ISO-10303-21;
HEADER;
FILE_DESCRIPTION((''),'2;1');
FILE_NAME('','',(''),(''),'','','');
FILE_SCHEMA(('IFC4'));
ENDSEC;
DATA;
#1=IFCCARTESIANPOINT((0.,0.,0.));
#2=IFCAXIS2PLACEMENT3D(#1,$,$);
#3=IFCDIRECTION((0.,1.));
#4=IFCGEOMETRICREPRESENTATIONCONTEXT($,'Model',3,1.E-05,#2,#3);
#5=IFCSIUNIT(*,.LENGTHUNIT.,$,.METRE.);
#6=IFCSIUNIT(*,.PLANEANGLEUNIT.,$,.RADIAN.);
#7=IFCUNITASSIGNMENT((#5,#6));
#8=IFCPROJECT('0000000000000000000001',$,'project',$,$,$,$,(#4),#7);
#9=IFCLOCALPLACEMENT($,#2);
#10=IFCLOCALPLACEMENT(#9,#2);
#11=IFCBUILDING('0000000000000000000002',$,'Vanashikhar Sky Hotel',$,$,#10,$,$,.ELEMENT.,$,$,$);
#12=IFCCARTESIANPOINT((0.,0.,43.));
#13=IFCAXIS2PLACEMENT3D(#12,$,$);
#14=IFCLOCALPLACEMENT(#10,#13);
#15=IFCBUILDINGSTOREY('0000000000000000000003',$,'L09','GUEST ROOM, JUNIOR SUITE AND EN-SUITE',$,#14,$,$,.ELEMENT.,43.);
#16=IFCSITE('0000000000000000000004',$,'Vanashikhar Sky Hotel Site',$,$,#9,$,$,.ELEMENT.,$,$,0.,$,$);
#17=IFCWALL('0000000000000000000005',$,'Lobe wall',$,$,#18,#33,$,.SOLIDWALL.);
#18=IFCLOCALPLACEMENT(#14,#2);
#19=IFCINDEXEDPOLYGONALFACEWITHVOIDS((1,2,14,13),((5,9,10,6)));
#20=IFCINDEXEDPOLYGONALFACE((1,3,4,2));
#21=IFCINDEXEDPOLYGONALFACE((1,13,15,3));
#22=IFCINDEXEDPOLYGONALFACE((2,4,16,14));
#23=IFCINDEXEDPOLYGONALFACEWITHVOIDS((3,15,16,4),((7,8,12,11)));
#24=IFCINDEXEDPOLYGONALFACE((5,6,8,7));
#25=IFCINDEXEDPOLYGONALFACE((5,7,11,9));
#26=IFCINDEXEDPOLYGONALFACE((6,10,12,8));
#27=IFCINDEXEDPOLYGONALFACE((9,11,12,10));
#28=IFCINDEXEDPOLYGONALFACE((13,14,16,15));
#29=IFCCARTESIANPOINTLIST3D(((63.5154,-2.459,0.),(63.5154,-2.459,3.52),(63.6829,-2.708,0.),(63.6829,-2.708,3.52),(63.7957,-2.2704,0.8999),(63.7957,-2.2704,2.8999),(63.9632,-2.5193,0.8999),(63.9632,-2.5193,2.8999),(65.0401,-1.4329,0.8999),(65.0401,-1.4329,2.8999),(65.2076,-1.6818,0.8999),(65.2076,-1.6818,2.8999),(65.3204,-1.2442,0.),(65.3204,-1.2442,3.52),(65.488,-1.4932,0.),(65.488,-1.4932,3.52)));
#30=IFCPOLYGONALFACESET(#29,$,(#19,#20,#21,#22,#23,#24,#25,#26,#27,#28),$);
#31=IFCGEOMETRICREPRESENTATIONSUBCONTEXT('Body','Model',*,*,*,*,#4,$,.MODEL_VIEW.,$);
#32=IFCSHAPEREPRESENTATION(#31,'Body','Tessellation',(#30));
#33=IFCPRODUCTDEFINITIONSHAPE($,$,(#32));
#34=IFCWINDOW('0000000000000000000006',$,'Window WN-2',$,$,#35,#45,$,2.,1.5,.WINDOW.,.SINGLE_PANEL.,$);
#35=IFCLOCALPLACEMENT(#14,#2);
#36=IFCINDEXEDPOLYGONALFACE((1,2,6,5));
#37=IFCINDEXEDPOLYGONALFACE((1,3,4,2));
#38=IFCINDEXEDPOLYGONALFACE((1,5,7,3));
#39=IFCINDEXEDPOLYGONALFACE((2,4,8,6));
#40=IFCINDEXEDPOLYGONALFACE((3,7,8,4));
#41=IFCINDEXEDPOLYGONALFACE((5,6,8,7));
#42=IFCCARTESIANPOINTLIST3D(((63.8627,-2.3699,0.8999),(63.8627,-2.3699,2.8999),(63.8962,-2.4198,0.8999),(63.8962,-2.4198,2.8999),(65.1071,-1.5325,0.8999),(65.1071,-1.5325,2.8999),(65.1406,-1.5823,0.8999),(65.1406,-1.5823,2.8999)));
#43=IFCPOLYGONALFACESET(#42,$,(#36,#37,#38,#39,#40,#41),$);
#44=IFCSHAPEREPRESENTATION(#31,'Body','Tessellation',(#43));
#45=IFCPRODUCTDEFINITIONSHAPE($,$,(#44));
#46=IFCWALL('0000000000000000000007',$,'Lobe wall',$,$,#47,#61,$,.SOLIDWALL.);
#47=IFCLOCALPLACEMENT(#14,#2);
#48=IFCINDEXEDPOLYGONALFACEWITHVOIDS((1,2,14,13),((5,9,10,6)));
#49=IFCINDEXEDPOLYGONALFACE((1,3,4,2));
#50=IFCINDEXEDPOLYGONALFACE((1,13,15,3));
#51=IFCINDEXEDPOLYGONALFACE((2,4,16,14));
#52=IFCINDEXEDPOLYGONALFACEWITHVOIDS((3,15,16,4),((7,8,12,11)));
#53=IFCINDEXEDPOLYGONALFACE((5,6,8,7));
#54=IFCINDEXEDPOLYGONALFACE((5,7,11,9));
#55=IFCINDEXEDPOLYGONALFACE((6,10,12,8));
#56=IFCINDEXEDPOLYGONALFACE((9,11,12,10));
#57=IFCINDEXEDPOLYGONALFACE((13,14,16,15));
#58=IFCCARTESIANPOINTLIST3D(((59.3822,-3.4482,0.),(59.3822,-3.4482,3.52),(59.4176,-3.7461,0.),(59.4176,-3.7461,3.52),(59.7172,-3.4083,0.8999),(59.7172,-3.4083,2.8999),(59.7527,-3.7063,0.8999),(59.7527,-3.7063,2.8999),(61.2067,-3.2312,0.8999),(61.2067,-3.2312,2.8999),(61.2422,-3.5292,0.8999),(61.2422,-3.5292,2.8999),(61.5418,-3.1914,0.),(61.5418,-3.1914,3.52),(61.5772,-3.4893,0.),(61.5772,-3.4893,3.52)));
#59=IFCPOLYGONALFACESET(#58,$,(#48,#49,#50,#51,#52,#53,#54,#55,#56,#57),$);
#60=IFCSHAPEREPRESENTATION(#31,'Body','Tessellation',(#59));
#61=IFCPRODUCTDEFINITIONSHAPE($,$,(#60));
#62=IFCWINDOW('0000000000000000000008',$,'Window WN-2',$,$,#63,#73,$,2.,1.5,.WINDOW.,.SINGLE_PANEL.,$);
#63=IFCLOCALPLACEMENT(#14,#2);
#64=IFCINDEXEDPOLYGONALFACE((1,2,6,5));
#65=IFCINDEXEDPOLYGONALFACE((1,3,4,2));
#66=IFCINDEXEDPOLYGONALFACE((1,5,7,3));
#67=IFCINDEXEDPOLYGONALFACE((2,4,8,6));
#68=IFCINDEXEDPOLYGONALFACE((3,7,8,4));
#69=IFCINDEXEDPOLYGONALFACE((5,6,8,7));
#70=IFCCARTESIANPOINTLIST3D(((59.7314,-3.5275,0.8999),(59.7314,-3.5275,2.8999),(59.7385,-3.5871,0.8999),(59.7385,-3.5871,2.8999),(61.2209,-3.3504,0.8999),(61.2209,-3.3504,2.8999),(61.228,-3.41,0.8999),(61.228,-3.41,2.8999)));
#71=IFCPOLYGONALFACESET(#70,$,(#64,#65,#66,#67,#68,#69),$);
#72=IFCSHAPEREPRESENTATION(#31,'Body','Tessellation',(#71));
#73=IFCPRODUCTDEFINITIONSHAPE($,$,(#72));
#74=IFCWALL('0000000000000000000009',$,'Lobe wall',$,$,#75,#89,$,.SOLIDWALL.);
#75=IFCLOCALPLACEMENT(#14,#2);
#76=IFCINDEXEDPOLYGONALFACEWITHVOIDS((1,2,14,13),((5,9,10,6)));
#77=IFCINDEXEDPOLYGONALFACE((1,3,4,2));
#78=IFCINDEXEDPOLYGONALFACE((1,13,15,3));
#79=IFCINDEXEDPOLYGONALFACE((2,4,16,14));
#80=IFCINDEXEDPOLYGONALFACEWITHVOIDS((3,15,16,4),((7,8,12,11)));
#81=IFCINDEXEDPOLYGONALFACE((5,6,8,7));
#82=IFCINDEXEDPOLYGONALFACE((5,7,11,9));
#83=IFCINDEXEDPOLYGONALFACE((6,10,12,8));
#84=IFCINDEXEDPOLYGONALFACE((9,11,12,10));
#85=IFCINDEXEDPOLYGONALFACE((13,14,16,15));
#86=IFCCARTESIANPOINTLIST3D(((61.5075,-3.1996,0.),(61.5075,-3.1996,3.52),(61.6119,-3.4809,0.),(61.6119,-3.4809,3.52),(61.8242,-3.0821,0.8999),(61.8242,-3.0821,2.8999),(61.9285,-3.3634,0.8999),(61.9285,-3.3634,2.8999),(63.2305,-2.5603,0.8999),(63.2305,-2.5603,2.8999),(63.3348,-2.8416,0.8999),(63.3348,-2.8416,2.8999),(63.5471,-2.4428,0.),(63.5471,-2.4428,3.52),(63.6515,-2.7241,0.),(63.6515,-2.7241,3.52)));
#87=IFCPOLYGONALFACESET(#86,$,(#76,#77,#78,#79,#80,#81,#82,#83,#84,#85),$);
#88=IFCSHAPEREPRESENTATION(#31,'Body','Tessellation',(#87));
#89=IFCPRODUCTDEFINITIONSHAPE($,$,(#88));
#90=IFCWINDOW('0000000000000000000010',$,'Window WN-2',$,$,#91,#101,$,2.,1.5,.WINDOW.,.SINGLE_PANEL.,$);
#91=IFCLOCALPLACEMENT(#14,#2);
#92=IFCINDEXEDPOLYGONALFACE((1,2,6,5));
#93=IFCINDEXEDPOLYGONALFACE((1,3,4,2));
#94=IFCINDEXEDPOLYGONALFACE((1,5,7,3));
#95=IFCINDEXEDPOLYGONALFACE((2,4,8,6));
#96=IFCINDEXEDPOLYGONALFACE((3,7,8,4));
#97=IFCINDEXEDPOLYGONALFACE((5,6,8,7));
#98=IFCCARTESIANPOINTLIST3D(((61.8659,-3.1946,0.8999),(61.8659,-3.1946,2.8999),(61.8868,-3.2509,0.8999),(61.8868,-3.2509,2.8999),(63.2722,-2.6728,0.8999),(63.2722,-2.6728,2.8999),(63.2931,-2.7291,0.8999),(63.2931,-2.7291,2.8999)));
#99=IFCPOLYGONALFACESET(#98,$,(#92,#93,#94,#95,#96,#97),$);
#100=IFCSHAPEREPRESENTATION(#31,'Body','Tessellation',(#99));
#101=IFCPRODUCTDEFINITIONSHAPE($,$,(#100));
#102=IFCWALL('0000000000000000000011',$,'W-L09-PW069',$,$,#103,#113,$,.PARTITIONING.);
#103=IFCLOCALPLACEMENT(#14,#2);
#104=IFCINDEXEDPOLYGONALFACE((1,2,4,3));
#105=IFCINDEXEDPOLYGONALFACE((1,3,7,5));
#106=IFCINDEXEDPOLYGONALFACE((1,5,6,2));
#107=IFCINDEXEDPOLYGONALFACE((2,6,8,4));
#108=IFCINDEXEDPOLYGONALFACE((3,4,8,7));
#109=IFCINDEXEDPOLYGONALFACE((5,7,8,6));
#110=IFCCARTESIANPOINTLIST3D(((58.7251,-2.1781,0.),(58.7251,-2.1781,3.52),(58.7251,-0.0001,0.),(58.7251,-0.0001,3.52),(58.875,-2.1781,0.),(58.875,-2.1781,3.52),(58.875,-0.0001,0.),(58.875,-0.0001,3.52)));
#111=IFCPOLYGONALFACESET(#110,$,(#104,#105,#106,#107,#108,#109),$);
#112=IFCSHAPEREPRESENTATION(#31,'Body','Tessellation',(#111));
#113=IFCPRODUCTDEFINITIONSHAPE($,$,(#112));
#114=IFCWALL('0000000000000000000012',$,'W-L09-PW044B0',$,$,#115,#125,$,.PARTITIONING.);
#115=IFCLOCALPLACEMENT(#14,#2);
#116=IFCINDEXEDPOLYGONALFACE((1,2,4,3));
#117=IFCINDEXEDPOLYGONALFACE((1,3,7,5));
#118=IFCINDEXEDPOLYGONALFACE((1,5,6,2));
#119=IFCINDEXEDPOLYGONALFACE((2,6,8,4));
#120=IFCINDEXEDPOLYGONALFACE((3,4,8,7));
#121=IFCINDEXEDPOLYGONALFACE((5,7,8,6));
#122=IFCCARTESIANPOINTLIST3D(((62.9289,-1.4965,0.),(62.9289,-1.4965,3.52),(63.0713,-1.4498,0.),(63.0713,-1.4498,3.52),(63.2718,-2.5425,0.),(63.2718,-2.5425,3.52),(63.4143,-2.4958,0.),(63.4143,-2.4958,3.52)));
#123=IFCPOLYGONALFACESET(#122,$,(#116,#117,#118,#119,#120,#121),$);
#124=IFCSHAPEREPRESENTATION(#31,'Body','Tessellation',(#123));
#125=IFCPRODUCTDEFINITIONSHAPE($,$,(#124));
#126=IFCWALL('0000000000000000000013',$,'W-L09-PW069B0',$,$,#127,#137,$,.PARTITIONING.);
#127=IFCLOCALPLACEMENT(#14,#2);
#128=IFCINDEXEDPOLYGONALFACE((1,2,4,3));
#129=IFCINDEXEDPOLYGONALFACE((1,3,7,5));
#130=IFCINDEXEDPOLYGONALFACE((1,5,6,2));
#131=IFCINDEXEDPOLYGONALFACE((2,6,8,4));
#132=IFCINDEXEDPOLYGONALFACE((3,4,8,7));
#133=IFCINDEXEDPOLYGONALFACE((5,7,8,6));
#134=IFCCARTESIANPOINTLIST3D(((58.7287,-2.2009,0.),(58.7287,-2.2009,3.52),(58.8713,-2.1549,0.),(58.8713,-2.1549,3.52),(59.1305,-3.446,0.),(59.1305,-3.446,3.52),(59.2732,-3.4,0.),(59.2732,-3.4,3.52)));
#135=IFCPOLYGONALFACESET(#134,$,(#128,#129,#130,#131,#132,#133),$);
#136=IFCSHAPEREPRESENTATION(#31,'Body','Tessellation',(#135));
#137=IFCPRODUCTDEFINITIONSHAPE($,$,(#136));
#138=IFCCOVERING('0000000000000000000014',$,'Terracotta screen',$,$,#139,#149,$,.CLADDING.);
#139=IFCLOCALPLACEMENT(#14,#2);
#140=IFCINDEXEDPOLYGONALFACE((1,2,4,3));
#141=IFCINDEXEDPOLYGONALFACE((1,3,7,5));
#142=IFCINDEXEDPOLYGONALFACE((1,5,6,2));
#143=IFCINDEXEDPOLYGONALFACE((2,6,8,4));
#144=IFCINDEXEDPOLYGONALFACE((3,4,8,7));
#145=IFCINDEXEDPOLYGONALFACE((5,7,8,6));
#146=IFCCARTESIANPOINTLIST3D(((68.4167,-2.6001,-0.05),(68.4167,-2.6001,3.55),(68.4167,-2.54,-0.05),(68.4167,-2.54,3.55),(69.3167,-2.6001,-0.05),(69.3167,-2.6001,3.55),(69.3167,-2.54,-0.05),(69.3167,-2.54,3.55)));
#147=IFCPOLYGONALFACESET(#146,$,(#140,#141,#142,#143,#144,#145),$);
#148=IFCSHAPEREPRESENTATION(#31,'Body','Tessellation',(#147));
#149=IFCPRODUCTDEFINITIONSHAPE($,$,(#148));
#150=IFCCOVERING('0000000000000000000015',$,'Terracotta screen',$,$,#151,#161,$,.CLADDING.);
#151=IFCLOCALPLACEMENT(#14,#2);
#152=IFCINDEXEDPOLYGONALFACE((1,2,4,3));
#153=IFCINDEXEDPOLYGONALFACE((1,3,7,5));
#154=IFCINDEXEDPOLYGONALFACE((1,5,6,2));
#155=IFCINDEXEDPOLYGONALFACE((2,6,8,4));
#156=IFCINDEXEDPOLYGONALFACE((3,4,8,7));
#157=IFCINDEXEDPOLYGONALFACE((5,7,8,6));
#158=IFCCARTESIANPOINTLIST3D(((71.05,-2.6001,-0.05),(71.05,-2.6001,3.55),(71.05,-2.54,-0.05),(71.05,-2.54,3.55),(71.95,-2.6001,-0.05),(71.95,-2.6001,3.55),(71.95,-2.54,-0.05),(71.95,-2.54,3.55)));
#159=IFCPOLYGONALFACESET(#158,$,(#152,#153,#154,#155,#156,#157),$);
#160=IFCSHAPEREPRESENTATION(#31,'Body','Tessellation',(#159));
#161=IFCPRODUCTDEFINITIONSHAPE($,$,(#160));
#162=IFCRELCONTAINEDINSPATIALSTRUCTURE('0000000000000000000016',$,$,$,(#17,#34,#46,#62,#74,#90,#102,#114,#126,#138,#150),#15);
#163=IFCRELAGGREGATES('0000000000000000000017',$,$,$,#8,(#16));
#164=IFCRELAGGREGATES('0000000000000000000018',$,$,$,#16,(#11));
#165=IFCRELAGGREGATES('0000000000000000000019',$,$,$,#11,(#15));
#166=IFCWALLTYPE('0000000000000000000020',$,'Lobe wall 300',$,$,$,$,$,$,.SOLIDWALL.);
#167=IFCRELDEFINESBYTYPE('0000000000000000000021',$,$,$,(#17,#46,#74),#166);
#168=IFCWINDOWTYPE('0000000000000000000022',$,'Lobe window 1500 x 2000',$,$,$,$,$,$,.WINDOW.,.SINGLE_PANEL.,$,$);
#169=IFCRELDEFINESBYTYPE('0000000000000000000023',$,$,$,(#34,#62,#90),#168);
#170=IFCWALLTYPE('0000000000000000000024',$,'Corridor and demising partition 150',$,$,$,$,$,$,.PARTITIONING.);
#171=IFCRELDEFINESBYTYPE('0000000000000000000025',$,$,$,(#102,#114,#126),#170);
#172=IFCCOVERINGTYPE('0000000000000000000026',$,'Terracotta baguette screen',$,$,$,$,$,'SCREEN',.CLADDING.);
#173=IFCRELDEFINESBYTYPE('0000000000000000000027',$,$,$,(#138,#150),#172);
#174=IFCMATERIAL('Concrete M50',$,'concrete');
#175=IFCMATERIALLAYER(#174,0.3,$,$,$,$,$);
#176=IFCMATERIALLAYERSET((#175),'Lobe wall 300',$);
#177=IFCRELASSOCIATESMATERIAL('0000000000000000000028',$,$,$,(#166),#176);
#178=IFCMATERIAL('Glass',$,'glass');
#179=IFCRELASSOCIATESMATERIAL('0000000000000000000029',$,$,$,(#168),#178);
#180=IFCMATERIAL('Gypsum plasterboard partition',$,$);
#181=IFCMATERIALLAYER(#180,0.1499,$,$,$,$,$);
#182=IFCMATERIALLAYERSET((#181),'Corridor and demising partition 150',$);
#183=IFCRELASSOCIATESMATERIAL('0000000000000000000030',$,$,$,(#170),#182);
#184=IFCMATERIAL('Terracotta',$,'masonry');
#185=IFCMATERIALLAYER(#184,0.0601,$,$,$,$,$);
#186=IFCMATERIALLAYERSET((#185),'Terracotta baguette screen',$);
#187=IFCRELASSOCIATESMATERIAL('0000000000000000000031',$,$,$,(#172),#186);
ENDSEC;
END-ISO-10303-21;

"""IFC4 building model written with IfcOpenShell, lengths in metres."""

from ifc_helpers import new_model, si_unit, direction, frame, frame_2d, origin, origin_2d, place, context, subcontext, project, spatial, rectangle, extrude, source, transform, mapped, material, layer, layer_set, type_object, element, fill, save


model = new_model("IFC4")

# Units and contexts
model_context = context("Model", 3, precision=1e-05, world=origin(), true_north=direction((0.0, 1.0)))
body_context = subcontext(model_context, "Body", "Model", "MODEL_VIEW")
ifc_project = project(units=[si_unit("LENGTHUNIT", "METRE"), si_unit("PLANEANGLEUNIT", "RADIAN")], contexts=[model_context])

# Site, building, storey
site_placement = place(None, origin())
site = spatial("IfcSite", under=ifc_project, at=site_placement, Name="Vanashikhar Sky Hotel Site", CompositionType="ELEMENT", RefElevation=0.0)
building_placement = place(site_placement, origin())
building = spatial("IfcBuilding", under=site, at=building_placement, Name="Vanashikhar Sky Hotel", CompositionType="ELEMENT")
storey_placement = place(building_placement, frame((0.0, 0.0, 43.0)))
storey = spatial("IfcBuildingStorey", under=building, at=storey_placement, Name="L09", Description="GUEST ROOM, JUNIOR SUITE AND EN-SUITE", CompositionType="ELEMENT", Elevation=43.0)

# Walls, openings, windows
ifc_material_1 = material(Name="Concrete M50", Category="concrete")
ifc_layer_1 = layer(ifc_material_1, 0.3)
ifc_layer_set_1 = layer_set([ifc_layer_1], Name="Lobe wall 300")
wall_type_1 = type_object("IfcWallType", Name="Lobe wall 300", PredefinedType="SOLIDWALL", material=ifc_layer_set_1)
shared_shape_1 = source(origin(), body_context, "Body", "SweptSolid", [
    extrude(rectangle(XDim=2.1758, YDim=0.3, at=frame_2d((1.0879, 0.0))), origin(), (0.0, 0.0, 1.0), 3.52),
])
wall_1_placement = place(storey_placement, frame((63.5991, -2.5835, 0.0), z_axis=(0.0, 0.0, 1.0), x_axis=(0.829626, 0.55832, 0.0)))
wall_1 = element("IfcWall", 1, at=wall_1_placement, inside=storey, type_object=wall_type_1, Name="Lobe wall", PredefinedType="SOLIDWALL", context=body_context, shape_type="MappedRepresentation", body=[
    mapped(shared_shape_1, transform((0.0, 0.0, 0.0), scale=1.0)),
])
shared_shape_2 = source(origin(), body_context, "Body", "SweptSolid", [
    extrude(rectangle(XDim=1.5, YDim=2.0, at=frame_2d((0.75, 1.0))), frame((0.0, 0.1602, 0.0), z_axis=(0.0, -1.0, 0.0), x_axis=(1.0, 0.0, 0.0)), (0.0, 0.0, 1.0), 0.3201),
])
opening_1_placement = place(wall_1_placement, frame((0.3379, 0.0, 0.8999)))
opening_1 = element("IfcOpeningElement", 2, at=opening_1_placement, cuts=wall_1, PredefinedType="OPENING", context=body_context, shape_type="MappedRepresentation", body=[
    mapped(shared_shape_2, transform((0.0, 0.0, 0.0), scale=1.0)),
])
ifc_material_2 = material(Name="Glass", Category="glass")
window_type = type_object("IfcWindowType", Name="Lobe window 1500 x 2000", PartitioningType="SINGLE_PANEL", PredefinedType="WINDOW", material=ifc_material_2)
shared_shape_3 = source(origin(), body_context, "Body", "SweptSolid", [
    extrude(rectangle(XDim=1.5, YDim=2.0, at=frame_2d((0.75, 1.0))), frame((0.0, 0.03, 0.0), z_axis=(0.0, -1.0, 0.0), x_axis=(1.0, 0.0, 0.0)), (0.0, 0.0, 1.0), 0.0601),
])
window_1_placement = place(opening_1_placement, origin())
window_1 = element("IfcWindow", 3, at=window_1_placement, inside=storey, type_object=window_type, Name="Window WN-2", OverallHeight=2.0, OverallWidth=1.5, PartitioningType="SINGLE_PANEL", PredefinedType="WINDOW", context=body_context, shape_type="MappedRepresentation", body=[
    mapped(shared_shape_3, transform((0.0, 0.0, 0.0), scale=1.0)),
])
fill(opening_1, window_1)
shared_shape_4 = source(origin(), body_context, "Body", "SweptSolid", [
    extrude(rectangle(XDim=2.1748, YDim=0.3, at=frame_2d((1.0874, 0.0))), origin(), (0.0, 0.0, 1.0), 3.52),
])
wall_2_placement = place(storey_placement, frame((59.3999, -3.5972, 0.0), z_axis=(0.0, 0.0, 1.0), x_axis=(0.993003, 0.118092, 0.0)))
wall_2 = element("IfcWall", 4, at=wall_2_placement, inside=storey, type_object=wall_type_1, Name="Lobe wall", PredefinedType="SOLIDWALL", context=body_context, shape_type="MappedRepresentation", body=[
    mapped(shared_shape_4, transform((0.0, 0.0, 0.0), scale=1.0)),
])
opening_2_placement = place(wall_2_placement, frame((0.3374, 0.0, 0.8999)))
opening_2 = element("IfcOpeningElement", 5, at=opening_2_placement, cuts=wall_2, PredefinedType="OPENING", context=body_context, shape_type="MappedRepresentation", body=[
    mapped(shared_shape_2, transform((0.0, 0.0, 0.0), scale=1.0)),
])
window_2_placement = place(opening_2_placement, origin())
window_2 = element("IfcWindow", 6, at=window_2_placement, inside=storey, type_object=window_type, Name="Window WN-2", OverallHeight=2.0, OverallWidth=1.5, PartitioningType="SINGLE_PANEL", PredefinedType="WINDOW", context=body_context, shape_type="MappedRepresentation", body=[
    mapped(shared_shape_3, transform((0.0, 0.0, 0.0), scale=1.0)),
])
fill(opening_2, window_2)
shared_shape_5 = source(origin(), body_context, "Body", "SweptSolid", [
    extrude(rectangle(XDim=2.1755, YDim=0.3, at=frame_2d((1.0879, 0.0))), origin(), (0.0, 0.0, 1.0), 3.52),
])
wall_3_placement = place(storey_placement, frame((61.5596, -3.3403, 0.0), z_axis=(0.0, 0.0, 1.0), x_axis=(0.937532, 0.347899, 0.0)))
wall_3 = element("IfcWall", 7, at=wall_3_placement, inside=storey, type_object=wall_type_1, Name="Lobe wall", PredefinedType="SOLIDWALL", context=body_context, shape_type="MappedRepresentation", body=[
    mapped(shared_shape_5, transform((0.0, 0.0, 0.0), scale=1.0)),
])
opening_3_placement = place(wall_3_placement, frame((0.3379, 0.0, 0.8999)))
opening_3 = element("IfcOpeningElement", 8, at=opening_3_placement, cuts=wall_3, PredefinedType="OPENING", context=body_context, shape_type="MappedRepresentation", body=[
    mapped(shared_shape_2, transform((0.0, 0.0, 0.0), scale=1.0)),
])
window_3_placement = place(opening_3_placement, origin())
window_3 = element("IfcWindow", 9, at=window_3_placement, inside=storey, type_object=window_type, Name="Window WN-2", OverallHeight=2.0, OverallWidth=1.5, PartitioningType="SINGLE_PANEL", PredefinedType="WINDOW", context=body_context, shape_type="MappedRepresentation", body=[
    mapped(shared_shape_3, transform((0.0, 0.0, 0.0), scale=1.0)),
])
fill(opening_3, window_3)

# Walls
ifc_material_3 = material(Name="Gypsum plasterboard partition")
ifc_layer_2 = layer(ifc_material_3, 0.1499)
ifc_layer_set_2 = layer_set([ifc_layer_2], Name="Corridor and demising partition 150")
wall_type_2 = type_object("IfcWallType", Name="Corridor and demising partition 150", PredefinedType="PARTITIONING", material=ifc_layer_set_2)
shared_shape_6 = source(origin(), body_context, "Body", "SweptSolid", [
    extrude(rectangle(XDim=2.178, YDim=0.1499, at=frame_2d((1.0889, 0.0))), origin(), (0.0, 0.0, 1.0), 3.52),
])
wall_4_placement = place(storey_placement, frame((58.8, -2.178, 0.0), z_axis=(0.0, 0.0, 1.0), x_axis=(0.0, 1.0, 0.0)))
element("IfcWall", 10, at=wall_4_placement, inside=storey, type_object=wall_type_2, Name="W-L09-PW069", PredefinedType="PARTITIONING", context=body_context, shape_type="MappedRepresentation", body=[
    mapped(shared_shape_6, transform((0.0, 0.0, 0.0), scale=1.0)),
])
shared_shape_7 = source(origin(), body_context, "Body", "SweptSolid", [
    extrude(rectangle(XDim=1.1008, YDim=0.1499, at=frame_2d((0.5503, 0.0))), origin(), (0.0, 0.0, 1.0), 3.52),
])
wall_5_placement = place(storey_placement, frame((63.343, -2.519, 0.0), z_axis=(0.0, 0.0, 1.0), x_axis=(-0.311567, 0.950224, 0.0)))
element("IfcWall", 11, at=wall_5_placement, inside=storey, type_object=wall_type_2, Name="W-L09-PW044B0", PredefinedType="PARTITIONING", context=body_context, shape_type="MappedRepresentation", body=[
    mapped(shared_shape_7, transform((0.0, 0.0, 0.0), scale=1.0)),
])
shared_shape_8 = source(origin(), body_context, "Body", "SweptSolid", [
    extrude(rectangle(XDim=1.3083, YDim=0.1499, at=frame_2d((0.6543, 0.0))), origin(), (0.0, 0.0, 1.0), 3.52),
])
wall_6_placement = place(storey_placement, frame((59.2019, -3.4231, 0.0), z_axis=(0.0, 0.0, 1.0), x_axis=(-0.307145, 0.951663, 0.0)))
element("IfcWall", 12, at=wall_6_placement, inside=storey, type_object=wall_type_2, Name="W-L09-PW069B0", PredefinedType="PARTITIONING", context=body_context, shape_type="MappedRepresentation", body=[
    mapped(shared_shape_8, transform((0.0, 0.0, 0.0), scale=1.0)),
])

# Coverings
ifc_material_4 = material(Name="Terracotta", Category="masonry")
ifc_layer_3 = layer(ifc_material_4, 0.0601)
ifc_layer_set_3 = layer_set([ifc_layer_3], Name="Terracotta baguette screen")
covering_type_1 = type_object("IfcCoveringType", Name="Terracotta baguette screen", ElementType="SCREEN", PredefinedType="CLADDING", material=ifc_layer_set_3)
shared_shape_9 = source(origin(), body_context, "Body", "SweptSolid", [
    extrude(rectangle(XDim=0.8999, YDim=0.0601, at=origin_2d()), origin(), (0.0, 0.0, 1.0), 3.6001),
])
for number, where, z_axis, x_axis, name in (
    (13, (68.8667, -2.5701, -0.05), (0.0, 0.0, 1.0), (1.0, 0.0, 0.0), "Terracotta screen"),
    (14, (71.5, -2.5701, -0.05), (0.0, 0.0, 1.0), (1.0, 0.0, 0.0), "Terracotta screen"),
):
    element("IfcCovering", number, at=place(storey_placement, frame(where, z_axis=z_axis, x_axis=x_axis)), inside=storey, type_object=covering_type_1, Name=name, PredefinedType="CLADDING", context=body_context, shape_type="MappedRepresentation", body=[
        mapped(shared_shape_9, transform((0.0, 0.0, 0.0), scale=1.0)),
    ])

save(model, "model.ifc")
